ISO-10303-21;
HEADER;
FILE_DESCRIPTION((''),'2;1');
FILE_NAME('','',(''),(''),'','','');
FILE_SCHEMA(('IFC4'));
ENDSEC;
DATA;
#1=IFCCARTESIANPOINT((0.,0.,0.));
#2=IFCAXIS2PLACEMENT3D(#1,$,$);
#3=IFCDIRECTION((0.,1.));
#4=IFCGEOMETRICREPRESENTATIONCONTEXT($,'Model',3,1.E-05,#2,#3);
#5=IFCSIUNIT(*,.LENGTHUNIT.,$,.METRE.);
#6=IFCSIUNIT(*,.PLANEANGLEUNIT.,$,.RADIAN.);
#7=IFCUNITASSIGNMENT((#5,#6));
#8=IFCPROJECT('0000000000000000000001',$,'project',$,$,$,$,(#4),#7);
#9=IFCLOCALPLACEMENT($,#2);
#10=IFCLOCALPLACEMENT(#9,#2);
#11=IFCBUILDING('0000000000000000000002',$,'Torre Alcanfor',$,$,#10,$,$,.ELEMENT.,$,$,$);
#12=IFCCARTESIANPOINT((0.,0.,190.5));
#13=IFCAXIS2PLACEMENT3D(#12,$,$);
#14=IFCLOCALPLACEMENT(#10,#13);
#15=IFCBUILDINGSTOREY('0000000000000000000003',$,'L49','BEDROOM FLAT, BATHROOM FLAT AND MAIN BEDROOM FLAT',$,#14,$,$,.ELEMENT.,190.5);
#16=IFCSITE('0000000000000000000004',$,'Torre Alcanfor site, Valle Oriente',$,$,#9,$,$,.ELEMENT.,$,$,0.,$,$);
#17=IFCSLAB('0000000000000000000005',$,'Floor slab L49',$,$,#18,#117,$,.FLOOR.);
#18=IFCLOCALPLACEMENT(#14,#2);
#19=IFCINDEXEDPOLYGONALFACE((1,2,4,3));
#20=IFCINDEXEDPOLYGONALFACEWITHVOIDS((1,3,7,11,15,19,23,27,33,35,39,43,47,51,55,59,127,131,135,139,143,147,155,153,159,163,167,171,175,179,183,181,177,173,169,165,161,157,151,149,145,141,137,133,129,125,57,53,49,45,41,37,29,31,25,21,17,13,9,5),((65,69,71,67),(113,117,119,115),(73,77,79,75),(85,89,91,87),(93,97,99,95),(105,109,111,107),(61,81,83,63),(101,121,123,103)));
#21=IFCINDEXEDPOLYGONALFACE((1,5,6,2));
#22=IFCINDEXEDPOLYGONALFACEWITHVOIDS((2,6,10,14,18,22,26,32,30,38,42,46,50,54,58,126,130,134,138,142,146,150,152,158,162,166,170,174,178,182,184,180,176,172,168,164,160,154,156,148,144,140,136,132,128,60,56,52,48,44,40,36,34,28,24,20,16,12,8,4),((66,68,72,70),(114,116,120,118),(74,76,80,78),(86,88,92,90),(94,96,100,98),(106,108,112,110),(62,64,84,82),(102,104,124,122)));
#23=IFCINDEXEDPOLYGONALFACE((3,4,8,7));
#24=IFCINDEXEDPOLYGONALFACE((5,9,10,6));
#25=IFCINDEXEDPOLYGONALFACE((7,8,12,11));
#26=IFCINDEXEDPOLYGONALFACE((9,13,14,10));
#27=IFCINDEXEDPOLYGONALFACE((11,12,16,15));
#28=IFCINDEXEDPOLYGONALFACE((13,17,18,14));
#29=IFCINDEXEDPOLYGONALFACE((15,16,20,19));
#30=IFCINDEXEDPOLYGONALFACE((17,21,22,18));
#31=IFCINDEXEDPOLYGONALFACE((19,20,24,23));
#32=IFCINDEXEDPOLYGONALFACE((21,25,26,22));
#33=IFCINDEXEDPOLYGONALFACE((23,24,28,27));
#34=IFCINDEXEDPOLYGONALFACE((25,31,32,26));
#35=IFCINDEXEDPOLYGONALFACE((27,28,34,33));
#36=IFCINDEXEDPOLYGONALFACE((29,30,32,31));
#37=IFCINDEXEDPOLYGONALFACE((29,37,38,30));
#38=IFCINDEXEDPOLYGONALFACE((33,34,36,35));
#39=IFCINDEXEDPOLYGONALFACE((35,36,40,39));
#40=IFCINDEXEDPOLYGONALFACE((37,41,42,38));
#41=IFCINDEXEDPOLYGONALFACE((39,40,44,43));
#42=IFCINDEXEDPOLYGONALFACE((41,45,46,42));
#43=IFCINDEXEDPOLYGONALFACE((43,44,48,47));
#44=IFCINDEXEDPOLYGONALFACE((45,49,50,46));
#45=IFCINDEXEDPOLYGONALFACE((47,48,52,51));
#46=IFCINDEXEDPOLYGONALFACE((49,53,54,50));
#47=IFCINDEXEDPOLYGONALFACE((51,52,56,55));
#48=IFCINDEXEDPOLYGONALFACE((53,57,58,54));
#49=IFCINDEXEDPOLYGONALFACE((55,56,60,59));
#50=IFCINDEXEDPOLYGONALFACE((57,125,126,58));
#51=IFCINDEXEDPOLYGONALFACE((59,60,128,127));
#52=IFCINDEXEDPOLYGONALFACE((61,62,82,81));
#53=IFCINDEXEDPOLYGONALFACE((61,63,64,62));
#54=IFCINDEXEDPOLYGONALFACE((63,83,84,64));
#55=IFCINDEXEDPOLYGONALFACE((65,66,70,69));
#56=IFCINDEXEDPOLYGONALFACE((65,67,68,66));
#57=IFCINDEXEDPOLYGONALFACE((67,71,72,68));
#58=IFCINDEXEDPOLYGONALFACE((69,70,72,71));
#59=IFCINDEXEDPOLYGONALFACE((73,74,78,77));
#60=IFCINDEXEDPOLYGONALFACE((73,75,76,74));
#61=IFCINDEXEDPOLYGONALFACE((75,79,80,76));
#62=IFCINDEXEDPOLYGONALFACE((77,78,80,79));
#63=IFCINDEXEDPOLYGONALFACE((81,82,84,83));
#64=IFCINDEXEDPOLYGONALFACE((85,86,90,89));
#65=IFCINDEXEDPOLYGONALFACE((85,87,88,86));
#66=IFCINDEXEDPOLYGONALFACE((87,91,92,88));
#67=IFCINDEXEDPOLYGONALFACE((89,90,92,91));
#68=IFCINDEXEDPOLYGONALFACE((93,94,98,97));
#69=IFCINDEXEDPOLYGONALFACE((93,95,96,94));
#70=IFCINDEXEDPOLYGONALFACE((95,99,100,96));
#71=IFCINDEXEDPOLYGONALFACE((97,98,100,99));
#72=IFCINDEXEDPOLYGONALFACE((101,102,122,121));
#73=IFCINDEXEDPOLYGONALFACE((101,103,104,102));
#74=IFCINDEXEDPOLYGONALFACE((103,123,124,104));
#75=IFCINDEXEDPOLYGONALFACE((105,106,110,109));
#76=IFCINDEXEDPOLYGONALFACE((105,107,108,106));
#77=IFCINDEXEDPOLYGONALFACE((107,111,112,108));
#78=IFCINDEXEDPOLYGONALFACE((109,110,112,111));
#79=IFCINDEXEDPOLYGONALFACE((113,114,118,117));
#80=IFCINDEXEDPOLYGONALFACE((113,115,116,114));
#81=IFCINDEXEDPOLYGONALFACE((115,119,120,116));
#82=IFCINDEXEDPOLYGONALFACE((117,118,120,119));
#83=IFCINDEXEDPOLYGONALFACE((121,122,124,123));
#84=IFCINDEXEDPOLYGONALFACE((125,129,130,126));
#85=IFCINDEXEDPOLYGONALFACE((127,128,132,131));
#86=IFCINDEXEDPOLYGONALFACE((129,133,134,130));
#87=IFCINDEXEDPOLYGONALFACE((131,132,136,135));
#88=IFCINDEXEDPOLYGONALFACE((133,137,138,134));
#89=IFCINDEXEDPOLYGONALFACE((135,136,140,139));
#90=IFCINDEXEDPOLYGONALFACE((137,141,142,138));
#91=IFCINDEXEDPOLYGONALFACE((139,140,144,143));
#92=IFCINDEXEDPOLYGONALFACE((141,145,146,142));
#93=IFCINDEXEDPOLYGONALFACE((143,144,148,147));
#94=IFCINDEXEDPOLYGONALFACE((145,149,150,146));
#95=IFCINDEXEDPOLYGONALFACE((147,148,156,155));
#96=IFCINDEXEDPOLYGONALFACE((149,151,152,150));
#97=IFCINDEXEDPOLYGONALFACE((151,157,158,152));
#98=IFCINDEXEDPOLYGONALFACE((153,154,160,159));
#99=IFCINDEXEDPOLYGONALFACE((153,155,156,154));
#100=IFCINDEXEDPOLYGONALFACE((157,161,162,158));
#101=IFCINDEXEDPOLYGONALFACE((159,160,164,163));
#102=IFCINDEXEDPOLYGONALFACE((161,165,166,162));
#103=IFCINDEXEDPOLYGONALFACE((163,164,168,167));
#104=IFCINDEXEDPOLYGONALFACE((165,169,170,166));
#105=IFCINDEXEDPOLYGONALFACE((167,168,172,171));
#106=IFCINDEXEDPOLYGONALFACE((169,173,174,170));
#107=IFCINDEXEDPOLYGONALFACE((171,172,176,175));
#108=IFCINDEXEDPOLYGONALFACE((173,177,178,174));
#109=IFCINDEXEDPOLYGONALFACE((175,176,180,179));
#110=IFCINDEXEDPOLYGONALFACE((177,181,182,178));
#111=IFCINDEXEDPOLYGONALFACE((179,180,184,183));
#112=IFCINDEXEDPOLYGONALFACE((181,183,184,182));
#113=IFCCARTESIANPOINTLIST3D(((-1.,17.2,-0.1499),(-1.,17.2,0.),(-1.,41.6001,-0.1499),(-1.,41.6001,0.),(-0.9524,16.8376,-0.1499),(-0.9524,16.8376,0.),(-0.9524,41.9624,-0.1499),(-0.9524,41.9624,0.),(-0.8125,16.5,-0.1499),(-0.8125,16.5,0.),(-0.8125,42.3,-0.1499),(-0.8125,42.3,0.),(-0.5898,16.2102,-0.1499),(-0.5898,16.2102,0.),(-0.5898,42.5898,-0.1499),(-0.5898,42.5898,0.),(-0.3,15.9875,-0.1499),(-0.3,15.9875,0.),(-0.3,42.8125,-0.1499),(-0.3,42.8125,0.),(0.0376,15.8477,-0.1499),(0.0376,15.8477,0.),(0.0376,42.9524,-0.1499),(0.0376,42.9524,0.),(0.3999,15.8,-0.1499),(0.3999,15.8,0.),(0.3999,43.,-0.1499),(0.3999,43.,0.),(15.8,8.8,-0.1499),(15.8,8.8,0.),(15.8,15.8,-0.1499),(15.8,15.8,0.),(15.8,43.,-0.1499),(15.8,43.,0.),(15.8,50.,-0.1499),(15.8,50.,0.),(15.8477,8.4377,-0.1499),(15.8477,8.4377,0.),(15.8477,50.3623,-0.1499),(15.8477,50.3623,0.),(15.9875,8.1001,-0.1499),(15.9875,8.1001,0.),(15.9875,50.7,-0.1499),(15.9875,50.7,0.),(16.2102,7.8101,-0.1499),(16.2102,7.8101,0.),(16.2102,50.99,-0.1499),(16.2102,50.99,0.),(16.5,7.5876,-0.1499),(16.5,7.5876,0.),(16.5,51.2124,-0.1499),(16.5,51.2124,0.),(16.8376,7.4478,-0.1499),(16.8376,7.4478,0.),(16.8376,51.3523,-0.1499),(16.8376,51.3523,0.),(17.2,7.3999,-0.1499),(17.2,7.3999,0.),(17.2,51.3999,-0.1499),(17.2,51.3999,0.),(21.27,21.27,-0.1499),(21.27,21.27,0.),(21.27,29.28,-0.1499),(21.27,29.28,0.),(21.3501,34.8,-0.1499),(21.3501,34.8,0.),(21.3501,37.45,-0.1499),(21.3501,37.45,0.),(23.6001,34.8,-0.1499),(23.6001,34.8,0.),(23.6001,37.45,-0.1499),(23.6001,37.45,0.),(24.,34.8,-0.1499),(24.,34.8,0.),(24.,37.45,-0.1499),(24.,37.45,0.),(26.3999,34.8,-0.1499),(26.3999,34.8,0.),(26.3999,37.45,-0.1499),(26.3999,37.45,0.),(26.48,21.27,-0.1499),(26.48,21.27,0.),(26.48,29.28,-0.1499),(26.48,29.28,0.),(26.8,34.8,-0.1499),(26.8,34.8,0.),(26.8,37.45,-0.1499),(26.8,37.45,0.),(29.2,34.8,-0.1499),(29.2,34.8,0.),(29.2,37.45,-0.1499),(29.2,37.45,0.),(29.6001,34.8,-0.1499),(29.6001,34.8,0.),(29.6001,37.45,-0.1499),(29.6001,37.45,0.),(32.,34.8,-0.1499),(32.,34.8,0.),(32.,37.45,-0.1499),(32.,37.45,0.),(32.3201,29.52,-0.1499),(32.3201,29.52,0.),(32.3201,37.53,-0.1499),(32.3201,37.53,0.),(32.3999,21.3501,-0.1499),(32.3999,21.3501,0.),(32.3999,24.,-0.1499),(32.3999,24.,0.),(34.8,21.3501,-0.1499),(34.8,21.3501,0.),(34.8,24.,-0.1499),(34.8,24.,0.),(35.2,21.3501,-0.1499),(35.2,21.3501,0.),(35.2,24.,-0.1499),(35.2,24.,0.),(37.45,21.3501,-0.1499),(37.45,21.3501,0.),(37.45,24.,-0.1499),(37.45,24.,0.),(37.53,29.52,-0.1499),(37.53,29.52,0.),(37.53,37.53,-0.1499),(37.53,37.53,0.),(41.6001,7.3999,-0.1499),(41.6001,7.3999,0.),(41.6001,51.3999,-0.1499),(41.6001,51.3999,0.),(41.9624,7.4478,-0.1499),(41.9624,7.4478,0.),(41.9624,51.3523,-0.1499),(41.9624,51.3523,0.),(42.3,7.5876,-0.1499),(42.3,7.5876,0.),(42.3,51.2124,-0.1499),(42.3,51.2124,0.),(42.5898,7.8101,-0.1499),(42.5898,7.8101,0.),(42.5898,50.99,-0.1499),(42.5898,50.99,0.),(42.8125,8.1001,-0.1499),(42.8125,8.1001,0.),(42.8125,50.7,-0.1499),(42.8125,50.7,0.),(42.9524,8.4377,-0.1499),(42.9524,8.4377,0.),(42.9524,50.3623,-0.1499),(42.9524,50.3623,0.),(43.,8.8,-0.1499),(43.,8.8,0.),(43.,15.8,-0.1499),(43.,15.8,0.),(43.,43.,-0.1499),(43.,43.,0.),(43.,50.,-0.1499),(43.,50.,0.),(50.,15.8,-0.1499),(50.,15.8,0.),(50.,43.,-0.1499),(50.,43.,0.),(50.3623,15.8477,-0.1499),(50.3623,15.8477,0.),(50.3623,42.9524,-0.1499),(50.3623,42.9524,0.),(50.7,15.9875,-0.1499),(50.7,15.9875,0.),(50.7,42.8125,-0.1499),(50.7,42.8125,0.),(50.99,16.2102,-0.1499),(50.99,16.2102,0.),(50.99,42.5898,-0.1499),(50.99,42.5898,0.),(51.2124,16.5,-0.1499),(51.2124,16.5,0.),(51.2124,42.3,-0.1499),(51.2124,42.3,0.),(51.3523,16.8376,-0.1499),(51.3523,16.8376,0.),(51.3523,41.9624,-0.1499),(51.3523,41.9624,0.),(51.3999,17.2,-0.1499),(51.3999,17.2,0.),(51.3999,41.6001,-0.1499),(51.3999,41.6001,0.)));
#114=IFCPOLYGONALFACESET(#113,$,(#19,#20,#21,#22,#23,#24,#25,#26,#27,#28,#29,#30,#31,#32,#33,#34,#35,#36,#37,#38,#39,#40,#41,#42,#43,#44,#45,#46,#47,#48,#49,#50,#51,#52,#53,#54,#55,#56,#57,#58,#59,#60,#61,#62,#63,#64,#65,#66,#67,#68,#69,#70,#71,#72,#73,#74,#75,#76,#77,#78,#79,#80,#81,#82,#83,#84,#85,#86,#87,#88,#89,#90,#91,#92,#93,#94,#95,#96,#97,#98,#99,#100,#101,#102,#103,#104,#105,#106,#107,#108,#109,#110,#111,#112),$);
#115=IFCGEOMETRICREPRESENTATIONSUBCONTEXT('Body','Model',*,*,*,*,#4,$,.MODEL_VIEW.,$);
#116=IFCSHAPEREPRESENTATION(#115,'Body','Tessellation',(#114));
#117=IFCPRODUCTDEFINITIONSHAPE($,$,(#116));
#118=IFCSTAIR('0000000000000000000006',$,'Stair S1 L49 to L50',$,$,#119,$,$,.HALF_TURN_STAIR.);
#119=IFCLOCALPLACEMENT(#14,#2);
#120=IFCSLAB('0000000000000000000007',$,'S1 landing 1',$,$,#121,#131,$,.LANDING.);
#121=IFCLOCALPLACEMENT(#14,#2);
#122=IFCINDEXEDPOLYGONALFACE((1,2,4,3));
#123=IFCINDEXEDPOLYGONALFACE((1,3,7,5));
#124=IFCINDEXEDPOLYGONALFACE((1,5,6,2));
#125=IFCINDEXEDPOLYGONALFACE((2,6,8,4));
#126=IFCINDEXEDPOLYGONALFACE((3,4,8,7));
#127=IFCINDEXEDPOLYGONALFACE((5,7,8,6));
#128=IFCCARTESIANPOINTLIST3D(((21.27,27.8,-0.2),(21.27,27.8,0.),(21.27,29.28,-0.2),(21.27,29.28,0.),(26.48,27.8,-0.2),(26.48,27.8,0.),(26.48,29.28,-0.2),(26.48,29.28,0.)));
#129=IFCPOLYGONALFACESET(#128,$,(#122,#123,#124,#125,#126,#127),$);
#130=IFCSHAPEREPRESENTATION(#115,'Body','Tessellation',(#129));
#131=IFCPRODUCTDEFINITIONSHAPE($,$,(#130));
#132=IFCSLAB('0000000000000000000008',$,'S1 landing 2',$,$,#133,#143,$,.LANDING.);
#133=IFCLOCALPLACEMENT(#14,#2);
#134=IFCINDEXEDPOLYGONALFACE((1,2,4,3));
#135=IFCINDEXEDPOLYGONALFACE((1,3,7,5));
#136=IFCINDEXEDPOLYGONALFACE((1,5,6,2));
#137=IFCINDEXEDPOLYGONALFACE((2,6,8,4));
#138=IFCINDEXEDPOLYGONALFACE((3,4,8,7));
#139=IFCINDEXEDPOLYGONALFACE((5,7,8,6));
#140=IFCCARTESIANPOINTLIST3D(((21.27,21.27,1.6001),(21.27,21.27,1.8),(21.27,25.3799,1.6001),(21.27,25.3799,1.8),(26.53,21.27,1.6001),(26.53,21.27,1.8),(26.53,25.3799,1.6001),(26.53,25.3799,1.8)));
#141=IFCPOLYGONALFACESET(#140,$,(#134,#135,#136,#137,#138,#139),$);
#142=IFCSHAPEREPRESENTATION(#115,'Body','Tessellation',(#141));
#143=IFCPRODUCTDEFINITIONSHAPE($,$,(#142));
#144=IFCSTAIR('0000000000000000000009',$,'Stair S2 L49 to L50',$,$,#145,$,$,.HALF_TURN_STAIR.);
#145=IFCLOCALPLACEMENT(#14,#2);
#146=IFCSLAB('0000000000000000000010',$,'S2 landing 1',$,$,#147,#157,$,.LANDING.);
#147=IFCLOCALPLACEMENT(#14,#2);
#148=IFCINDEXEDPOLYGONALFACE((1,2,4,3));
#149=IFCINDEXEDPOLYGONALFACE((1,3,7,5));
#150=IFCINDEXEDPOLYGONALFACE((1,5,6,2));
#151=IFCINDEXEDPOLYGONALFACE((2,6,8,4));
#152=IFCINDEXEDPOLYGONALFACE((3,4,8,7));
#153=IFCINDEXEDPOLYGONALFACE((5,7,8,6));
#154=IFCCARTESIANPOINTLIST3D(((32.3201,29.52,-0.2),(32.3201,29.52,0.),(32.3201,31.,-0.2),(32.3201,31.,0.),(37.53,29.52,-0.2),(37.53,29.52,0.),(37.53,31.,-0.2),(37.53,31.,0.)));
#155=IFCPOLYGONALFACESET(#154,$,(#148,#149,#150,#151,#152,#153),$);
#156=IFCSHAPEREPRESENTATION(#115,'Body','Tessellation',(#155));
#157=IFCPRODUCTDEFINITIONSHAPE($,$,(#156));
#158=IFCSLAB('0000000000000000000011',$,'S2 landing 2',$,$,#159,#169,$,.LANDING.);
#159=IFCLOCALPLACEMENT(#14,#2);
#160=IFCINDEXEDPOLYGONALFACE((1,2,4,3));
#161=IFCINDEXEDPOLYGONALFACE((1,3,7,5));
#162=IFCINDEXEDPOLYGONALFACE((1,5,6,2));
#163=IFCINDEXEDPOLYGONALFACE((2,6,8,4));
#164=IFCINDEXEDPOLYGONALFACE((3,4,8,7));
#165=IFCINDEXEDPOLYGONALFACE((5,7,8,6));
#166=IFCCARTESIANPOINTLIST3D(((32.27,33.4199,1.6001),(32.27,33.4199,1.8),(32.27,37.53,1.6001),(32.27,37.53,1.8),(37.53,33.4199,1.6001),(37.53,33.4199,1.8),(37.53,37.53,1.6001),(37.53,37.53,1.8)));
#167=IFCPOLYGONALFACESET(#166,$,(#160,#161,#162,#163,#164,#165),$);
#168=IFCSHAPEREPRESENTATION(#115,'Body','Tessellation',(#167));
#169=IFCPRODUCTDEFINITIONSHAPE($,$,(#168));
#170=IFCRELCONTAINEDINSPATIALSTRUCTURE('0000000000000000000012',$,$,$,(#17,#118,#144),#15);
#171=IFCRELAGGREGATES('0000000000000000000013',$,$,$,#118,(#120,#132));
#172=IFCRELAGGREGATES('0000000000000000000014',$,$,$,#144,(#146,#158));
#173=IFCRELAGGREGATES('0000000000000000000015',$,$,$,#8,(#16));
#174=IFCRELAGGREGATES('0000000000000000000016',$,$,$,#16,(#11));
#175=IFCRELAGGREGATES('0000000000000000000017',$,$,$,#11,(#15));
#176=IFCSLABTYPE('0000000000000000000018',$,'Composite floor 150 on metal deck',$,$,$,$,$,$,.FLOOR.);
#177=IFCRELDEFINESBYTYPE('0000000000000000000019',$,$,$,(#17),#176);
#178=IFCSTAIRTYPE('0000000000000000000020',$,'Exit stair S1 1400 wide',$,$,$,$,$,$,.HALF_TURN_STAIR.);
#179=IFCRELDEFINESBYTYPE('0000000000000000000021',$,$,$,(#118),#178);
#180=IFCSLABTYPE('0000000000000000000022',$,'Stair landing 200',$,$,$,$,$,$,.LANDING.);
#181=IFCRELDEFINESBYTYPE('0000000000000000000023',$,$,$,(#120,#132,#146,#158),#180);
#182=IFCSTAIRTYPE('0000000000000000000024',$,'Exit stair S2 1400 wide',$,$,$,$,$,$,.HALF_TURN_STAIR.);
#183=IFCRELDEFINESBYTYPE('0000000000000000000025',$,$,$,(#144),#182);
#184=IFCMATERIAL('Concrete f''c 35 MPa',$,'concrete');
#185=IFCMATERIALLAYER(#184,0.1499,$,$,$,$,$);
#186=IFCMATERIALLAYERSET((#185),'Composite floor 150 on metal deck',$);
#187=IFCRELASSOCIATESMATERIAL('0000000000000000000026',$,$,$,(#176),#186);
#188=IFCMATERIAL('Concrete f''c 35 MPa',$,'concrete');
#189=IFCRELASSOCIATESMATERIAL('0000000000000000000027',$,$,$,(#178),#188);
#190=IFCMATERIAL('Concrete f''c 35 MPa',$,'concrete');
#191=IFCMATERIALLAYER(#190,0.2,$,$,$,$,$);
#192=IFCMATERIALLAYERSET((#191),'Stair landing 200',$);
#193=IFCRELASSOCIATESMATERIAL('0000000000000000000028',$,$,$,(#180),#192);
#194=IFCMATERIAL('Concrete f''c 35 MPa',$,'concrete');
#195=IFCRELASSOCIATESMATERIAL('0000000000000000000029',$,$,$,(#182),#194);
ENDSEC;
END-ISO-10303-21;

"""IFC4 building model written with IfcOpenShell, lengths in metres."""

from ifc_helpers import new_model, si_unit, direction, frame, origin, place, context, subcontext, project, spatial, polyline, outline, extrude, material, layer, layer_set, type_object, element, aggregate, save


model = new_model("IFC4")

# Units and contexts
model_context = context("Model", 3, precision=1e-05, world=origin(), true_north=direction((0.0, 1.0)))
body_context = subcontext(model_context, "Body", "Model", "MODEL_VIEW")
ifc_project = project(units=[si_unit("LENGTHUNIT", "METRE"), si_unit("PLANEANGLEUNIT", "RADIAN")], contexts=[model_context])

# Site, building, storey
site_placement = place(None, origin())
site = spatial("IfcSite", under=ifc_project, at=site_placement, Name="Torre Alcanfor site, Valle Oriente", CompositionType="ELEMENT", RefElevation=0.0)
building_placement = place(site_placement, origin())
building = spatial("IfcBuilding", under=site, at=building_placement, Name="Torre Alcanfor", CompositionType="ELEMENT")
storey_placement = place(building_placement, frame((0.0, 0.0, 190.5)))
storey = spatial("IfcBuildingStorey", under=building, at=storey_placement, Name="L49", Description="BEDROOM FLAT, BATHROOM FLAT AND MAIN BEDROOM FLAT", CompositionType="ELEMENT", Elevation=190.5)

# Slab
ifc_material_1 = material(Name="Concrete f'c 35 MPa", Category="concrete")
ifc_layer_1 = layer(ifc_material_1, 0.1499)
ifc_layer_set_1 = layer_set([ifc_layer_1], Name="Composite floor 150 on metal deck")
slab_type_1 = type_object("IfcSlabType", Name="Composite floor 150 on metal deck", PredefinedType="FLOOR", material=ifc_layer_set_1)
slab_1_placement = place(storey_placement, frame((0.0, 0.0, -0.1499)))
element("IfcSlab", 1, at=slab_1_placement, inside=storey, type_object=slab_type_1, Name="Floor slab L49", PredefinedType="FLOOR", context=body_context, shape_type="SweptSolid", body=[
    extrude(outline(polyline([(15.8, 43.0), (0.3999, 43.0), (0.0376, 42.9524), (-0.3, 42.8125), (-0.5898, 42.5898), (-0.8125, 42.3), (-0.9524, 41.9624), (-1.0, 41.6001), (-1.0, 17.2), (-0.9524, 16.8376), (-0.8125, 16.5), (-0.5898, 16.2102), (-0.3, 15.9875), (0.0376, 15.8477), (0.3999, 15.8), (15.8, 15.8), (15.8, 8.8), (15.8477, 8.4377), (15.9875, 8.1001), (16.2102, 7.8101), (16.5, 7.5876), (16.8376, 7.4478), (17.2, 7.3999), (41.6001, 7.3999), (41.9624, 7.4478), (42.3, 7.5876), (42.5898, 7.8101), (42.8125, 8.1001), (42.9524, 8.4377), (43.0, 8.8), (43.0, 15.8), (50.0, 15.8), (50.3623, 15.8477), (50.7, 15.9875), (50.99, 16.2102), (51.2124, 16.5), (51.3523, 16.8376), (51.3999, 17.2), (51.3999, 41.6001), (51.3523, 41.9624), (51.2124, 42.3), (50.99, 42.5898), (50.7, 42.8125), (50.3623, 42.9524), (50.0, 43.0), (43.0, 43.0), (43.0, 50.0), (42.9524, 50.3623), (42.8125, 50.7), (42.5898, 50.99), (42.3, 51.2124), (41.9624, 51.3523), (41.6001, 51.3999), (17.2, 51.3999), (16.8376, 51.3523), (16.5, 51.2124), (16.2102, 50.99), (15.9875, 50.7), (15.8477, 50.3623), (15.8, 50.0), (15.8, 43.0)]), holes=[polyline([(21.27, 21.27), (26.48, 21.27), (26.48, 29.28), (21.27, 29.28), (21.27, 21.27)]), polyline([(32.3201, 29.52), (37.53, 29.52), (37.53, 37.53), (32.3201, 37.53), (32.3201, 29.52)]), polyline([(32.3999, 21.3501), (34.8, 21.3501), (34.8, 24.0), (32.3999, 24.0), (32.3999, 21.3501)]), polyline([(35.2, 21.3501), (37.45, 21.3501), (37.45, 24.0), (35.2, 24.0), (35.2, 21.3501)]), polyline([(21.3501, 34.8), (23.6001, 34.8), (23.6001, 37.45), (21.3501, 37.45), (21.3501, 34.8)]), polyline([(24.0, 34.8), (26.3999, 34.8), (26.3999, 37.45), (24.0, 37.45), (24.0, 34.8)]), polyline([(26.8, 34.8), (29.2, 34.8), (29.2, 37.45), (26.8, 37.45), (26.8, 34.8)]), polyline([(29.6001, 34.8), (32.0, 34.8), (32.0, 37.45), (29.6001, 37.45), (29.6001, 34.8)])]), origin(), (0.0, 0.0, 1.0), 0.1499),
])

# Stairs, slabs
ifc_material_2 = material(Name="Concrete f'c 35 MPa", Category="concrete")
stair_type_1 = type_object("IfcStairType", Name="Exit stair S1 1400 wide", PredefinedType="HALF_TURN_STAIR", material=ifc_material_2)
stair_1_placement = place(storey_placement, origin())
stair_1 = element("IfcStair", 2, at=stair_1_placement, inside=storey, type_object=stair_type_1, Name="Stair S1 L49 to L50", PredefinedType="HALF_TURN_STAIR")
ifc_material_3 = material(Name="Concrete f'c 35 MPa", Category="concrete")
ifc_layer_2 = layer(ifc_material_3, 0.2)
ifc_layer_set_2 = layer_set([ifc_layer_2], Name="Stair landing 200")
slab_type_2 = type_object("IfcSlabType", Name="Stair landing 200", PredefinedType="LANDING", material=ifc_layer_set_2)
slab_2_placement = place(storey_placement, frame((0.0, 0.0, -0.2)))
slab_2 = element("IfcSlab", 3, at=slab_2_placement, type_object=slab_type_2, Name="S1 landing 1", PredefinedType="LANDING", context=body_context, shape_type="SweptSolid", body=[
    extrude(outline(polyline([(21.27, 27.8), (26.48, 27.8), (26.48, 29.28), (21.27, 29.28), (21.27, 27.8)])), origin(), (0.0, 0.0, 1.0), 0.2),
])
slab_3_placement = place(storey_placement, frame((0.0, 0.0, 1.6001)))
slab_3 = element("IfcSlab", 4, at=slab_3_placement, type_object=slab_type_2, Name="S1 landing 2", PredefinedType="LANDING", context=body_context, shape_type="SweptSolid", body=[
    extrude(outline(polyline([(21.27, 21.27), (26.53, 21.27), (26.53, 25.3799), (21.27, 25.3799), (21.27, 21.27)])), origin(), (0.0, 0.0, 1.0), 0.2),
])
aggregate(stair_1, [slab_2, slab_3])
ifc_material_4 = material(Name="Concrete f'c 35 MPa", Category="concrete")
stair_type_2 = type_object("IfcStairType", Name="Exit stair S2 1400 wide", PredefinedType="HALF_TURN_STAIR", material=ifc_material_4)
stair_2_placement = place(storey_placement, origin())
stair_2 = element("IfcStair", 5, at=stair_2_placement, inside=storey, type_object=stair_type_2, Name="Stair S2 L49 to L50", PredefinedType="HALF_TURN_STAIR")
slab_4_placement = place(storey_placement, frame((0.0, 0.0, -0.2)))
slab_4 = element("IfcSlab", 6, at=slab_4_placement, type_object=slab_type_2, Name="S2 landing 1", PredefinedType="LANDING", context=body_context, shape_type="SweptSolid", body=[
    extrude(outline(polyline([(32.3201, 29.52), (37.53, 29.52), (37.53, 31.0), (32.3201, 31.0), (32.3201, 29.52)])), origin(), (0.0, 0.0, 1.0), 0.2),
])
slab_5_placement = place(storey_placement, frame((0.0, 0.0, 1.6001)))
slab_5 = element("IfcSlab", 7, at=slab_5_placement, type_object=slab_type_2, Name="S2 landing 2", PredefinedType="LANDING", context=body_context, shape_type="SweptSolid", body=[
    extrude(outline(polyline([(32.27, 33.4199), (37.53, 33.4199), (37.53, 37.53), (32.27, 37.53), (32.27, 33.4199)])), origin(), (0.0, 0.0, 1.0), 0.2),
])
aggregate(stair_2, [slab_4, slab_5])

save(model, "model.ifc")
